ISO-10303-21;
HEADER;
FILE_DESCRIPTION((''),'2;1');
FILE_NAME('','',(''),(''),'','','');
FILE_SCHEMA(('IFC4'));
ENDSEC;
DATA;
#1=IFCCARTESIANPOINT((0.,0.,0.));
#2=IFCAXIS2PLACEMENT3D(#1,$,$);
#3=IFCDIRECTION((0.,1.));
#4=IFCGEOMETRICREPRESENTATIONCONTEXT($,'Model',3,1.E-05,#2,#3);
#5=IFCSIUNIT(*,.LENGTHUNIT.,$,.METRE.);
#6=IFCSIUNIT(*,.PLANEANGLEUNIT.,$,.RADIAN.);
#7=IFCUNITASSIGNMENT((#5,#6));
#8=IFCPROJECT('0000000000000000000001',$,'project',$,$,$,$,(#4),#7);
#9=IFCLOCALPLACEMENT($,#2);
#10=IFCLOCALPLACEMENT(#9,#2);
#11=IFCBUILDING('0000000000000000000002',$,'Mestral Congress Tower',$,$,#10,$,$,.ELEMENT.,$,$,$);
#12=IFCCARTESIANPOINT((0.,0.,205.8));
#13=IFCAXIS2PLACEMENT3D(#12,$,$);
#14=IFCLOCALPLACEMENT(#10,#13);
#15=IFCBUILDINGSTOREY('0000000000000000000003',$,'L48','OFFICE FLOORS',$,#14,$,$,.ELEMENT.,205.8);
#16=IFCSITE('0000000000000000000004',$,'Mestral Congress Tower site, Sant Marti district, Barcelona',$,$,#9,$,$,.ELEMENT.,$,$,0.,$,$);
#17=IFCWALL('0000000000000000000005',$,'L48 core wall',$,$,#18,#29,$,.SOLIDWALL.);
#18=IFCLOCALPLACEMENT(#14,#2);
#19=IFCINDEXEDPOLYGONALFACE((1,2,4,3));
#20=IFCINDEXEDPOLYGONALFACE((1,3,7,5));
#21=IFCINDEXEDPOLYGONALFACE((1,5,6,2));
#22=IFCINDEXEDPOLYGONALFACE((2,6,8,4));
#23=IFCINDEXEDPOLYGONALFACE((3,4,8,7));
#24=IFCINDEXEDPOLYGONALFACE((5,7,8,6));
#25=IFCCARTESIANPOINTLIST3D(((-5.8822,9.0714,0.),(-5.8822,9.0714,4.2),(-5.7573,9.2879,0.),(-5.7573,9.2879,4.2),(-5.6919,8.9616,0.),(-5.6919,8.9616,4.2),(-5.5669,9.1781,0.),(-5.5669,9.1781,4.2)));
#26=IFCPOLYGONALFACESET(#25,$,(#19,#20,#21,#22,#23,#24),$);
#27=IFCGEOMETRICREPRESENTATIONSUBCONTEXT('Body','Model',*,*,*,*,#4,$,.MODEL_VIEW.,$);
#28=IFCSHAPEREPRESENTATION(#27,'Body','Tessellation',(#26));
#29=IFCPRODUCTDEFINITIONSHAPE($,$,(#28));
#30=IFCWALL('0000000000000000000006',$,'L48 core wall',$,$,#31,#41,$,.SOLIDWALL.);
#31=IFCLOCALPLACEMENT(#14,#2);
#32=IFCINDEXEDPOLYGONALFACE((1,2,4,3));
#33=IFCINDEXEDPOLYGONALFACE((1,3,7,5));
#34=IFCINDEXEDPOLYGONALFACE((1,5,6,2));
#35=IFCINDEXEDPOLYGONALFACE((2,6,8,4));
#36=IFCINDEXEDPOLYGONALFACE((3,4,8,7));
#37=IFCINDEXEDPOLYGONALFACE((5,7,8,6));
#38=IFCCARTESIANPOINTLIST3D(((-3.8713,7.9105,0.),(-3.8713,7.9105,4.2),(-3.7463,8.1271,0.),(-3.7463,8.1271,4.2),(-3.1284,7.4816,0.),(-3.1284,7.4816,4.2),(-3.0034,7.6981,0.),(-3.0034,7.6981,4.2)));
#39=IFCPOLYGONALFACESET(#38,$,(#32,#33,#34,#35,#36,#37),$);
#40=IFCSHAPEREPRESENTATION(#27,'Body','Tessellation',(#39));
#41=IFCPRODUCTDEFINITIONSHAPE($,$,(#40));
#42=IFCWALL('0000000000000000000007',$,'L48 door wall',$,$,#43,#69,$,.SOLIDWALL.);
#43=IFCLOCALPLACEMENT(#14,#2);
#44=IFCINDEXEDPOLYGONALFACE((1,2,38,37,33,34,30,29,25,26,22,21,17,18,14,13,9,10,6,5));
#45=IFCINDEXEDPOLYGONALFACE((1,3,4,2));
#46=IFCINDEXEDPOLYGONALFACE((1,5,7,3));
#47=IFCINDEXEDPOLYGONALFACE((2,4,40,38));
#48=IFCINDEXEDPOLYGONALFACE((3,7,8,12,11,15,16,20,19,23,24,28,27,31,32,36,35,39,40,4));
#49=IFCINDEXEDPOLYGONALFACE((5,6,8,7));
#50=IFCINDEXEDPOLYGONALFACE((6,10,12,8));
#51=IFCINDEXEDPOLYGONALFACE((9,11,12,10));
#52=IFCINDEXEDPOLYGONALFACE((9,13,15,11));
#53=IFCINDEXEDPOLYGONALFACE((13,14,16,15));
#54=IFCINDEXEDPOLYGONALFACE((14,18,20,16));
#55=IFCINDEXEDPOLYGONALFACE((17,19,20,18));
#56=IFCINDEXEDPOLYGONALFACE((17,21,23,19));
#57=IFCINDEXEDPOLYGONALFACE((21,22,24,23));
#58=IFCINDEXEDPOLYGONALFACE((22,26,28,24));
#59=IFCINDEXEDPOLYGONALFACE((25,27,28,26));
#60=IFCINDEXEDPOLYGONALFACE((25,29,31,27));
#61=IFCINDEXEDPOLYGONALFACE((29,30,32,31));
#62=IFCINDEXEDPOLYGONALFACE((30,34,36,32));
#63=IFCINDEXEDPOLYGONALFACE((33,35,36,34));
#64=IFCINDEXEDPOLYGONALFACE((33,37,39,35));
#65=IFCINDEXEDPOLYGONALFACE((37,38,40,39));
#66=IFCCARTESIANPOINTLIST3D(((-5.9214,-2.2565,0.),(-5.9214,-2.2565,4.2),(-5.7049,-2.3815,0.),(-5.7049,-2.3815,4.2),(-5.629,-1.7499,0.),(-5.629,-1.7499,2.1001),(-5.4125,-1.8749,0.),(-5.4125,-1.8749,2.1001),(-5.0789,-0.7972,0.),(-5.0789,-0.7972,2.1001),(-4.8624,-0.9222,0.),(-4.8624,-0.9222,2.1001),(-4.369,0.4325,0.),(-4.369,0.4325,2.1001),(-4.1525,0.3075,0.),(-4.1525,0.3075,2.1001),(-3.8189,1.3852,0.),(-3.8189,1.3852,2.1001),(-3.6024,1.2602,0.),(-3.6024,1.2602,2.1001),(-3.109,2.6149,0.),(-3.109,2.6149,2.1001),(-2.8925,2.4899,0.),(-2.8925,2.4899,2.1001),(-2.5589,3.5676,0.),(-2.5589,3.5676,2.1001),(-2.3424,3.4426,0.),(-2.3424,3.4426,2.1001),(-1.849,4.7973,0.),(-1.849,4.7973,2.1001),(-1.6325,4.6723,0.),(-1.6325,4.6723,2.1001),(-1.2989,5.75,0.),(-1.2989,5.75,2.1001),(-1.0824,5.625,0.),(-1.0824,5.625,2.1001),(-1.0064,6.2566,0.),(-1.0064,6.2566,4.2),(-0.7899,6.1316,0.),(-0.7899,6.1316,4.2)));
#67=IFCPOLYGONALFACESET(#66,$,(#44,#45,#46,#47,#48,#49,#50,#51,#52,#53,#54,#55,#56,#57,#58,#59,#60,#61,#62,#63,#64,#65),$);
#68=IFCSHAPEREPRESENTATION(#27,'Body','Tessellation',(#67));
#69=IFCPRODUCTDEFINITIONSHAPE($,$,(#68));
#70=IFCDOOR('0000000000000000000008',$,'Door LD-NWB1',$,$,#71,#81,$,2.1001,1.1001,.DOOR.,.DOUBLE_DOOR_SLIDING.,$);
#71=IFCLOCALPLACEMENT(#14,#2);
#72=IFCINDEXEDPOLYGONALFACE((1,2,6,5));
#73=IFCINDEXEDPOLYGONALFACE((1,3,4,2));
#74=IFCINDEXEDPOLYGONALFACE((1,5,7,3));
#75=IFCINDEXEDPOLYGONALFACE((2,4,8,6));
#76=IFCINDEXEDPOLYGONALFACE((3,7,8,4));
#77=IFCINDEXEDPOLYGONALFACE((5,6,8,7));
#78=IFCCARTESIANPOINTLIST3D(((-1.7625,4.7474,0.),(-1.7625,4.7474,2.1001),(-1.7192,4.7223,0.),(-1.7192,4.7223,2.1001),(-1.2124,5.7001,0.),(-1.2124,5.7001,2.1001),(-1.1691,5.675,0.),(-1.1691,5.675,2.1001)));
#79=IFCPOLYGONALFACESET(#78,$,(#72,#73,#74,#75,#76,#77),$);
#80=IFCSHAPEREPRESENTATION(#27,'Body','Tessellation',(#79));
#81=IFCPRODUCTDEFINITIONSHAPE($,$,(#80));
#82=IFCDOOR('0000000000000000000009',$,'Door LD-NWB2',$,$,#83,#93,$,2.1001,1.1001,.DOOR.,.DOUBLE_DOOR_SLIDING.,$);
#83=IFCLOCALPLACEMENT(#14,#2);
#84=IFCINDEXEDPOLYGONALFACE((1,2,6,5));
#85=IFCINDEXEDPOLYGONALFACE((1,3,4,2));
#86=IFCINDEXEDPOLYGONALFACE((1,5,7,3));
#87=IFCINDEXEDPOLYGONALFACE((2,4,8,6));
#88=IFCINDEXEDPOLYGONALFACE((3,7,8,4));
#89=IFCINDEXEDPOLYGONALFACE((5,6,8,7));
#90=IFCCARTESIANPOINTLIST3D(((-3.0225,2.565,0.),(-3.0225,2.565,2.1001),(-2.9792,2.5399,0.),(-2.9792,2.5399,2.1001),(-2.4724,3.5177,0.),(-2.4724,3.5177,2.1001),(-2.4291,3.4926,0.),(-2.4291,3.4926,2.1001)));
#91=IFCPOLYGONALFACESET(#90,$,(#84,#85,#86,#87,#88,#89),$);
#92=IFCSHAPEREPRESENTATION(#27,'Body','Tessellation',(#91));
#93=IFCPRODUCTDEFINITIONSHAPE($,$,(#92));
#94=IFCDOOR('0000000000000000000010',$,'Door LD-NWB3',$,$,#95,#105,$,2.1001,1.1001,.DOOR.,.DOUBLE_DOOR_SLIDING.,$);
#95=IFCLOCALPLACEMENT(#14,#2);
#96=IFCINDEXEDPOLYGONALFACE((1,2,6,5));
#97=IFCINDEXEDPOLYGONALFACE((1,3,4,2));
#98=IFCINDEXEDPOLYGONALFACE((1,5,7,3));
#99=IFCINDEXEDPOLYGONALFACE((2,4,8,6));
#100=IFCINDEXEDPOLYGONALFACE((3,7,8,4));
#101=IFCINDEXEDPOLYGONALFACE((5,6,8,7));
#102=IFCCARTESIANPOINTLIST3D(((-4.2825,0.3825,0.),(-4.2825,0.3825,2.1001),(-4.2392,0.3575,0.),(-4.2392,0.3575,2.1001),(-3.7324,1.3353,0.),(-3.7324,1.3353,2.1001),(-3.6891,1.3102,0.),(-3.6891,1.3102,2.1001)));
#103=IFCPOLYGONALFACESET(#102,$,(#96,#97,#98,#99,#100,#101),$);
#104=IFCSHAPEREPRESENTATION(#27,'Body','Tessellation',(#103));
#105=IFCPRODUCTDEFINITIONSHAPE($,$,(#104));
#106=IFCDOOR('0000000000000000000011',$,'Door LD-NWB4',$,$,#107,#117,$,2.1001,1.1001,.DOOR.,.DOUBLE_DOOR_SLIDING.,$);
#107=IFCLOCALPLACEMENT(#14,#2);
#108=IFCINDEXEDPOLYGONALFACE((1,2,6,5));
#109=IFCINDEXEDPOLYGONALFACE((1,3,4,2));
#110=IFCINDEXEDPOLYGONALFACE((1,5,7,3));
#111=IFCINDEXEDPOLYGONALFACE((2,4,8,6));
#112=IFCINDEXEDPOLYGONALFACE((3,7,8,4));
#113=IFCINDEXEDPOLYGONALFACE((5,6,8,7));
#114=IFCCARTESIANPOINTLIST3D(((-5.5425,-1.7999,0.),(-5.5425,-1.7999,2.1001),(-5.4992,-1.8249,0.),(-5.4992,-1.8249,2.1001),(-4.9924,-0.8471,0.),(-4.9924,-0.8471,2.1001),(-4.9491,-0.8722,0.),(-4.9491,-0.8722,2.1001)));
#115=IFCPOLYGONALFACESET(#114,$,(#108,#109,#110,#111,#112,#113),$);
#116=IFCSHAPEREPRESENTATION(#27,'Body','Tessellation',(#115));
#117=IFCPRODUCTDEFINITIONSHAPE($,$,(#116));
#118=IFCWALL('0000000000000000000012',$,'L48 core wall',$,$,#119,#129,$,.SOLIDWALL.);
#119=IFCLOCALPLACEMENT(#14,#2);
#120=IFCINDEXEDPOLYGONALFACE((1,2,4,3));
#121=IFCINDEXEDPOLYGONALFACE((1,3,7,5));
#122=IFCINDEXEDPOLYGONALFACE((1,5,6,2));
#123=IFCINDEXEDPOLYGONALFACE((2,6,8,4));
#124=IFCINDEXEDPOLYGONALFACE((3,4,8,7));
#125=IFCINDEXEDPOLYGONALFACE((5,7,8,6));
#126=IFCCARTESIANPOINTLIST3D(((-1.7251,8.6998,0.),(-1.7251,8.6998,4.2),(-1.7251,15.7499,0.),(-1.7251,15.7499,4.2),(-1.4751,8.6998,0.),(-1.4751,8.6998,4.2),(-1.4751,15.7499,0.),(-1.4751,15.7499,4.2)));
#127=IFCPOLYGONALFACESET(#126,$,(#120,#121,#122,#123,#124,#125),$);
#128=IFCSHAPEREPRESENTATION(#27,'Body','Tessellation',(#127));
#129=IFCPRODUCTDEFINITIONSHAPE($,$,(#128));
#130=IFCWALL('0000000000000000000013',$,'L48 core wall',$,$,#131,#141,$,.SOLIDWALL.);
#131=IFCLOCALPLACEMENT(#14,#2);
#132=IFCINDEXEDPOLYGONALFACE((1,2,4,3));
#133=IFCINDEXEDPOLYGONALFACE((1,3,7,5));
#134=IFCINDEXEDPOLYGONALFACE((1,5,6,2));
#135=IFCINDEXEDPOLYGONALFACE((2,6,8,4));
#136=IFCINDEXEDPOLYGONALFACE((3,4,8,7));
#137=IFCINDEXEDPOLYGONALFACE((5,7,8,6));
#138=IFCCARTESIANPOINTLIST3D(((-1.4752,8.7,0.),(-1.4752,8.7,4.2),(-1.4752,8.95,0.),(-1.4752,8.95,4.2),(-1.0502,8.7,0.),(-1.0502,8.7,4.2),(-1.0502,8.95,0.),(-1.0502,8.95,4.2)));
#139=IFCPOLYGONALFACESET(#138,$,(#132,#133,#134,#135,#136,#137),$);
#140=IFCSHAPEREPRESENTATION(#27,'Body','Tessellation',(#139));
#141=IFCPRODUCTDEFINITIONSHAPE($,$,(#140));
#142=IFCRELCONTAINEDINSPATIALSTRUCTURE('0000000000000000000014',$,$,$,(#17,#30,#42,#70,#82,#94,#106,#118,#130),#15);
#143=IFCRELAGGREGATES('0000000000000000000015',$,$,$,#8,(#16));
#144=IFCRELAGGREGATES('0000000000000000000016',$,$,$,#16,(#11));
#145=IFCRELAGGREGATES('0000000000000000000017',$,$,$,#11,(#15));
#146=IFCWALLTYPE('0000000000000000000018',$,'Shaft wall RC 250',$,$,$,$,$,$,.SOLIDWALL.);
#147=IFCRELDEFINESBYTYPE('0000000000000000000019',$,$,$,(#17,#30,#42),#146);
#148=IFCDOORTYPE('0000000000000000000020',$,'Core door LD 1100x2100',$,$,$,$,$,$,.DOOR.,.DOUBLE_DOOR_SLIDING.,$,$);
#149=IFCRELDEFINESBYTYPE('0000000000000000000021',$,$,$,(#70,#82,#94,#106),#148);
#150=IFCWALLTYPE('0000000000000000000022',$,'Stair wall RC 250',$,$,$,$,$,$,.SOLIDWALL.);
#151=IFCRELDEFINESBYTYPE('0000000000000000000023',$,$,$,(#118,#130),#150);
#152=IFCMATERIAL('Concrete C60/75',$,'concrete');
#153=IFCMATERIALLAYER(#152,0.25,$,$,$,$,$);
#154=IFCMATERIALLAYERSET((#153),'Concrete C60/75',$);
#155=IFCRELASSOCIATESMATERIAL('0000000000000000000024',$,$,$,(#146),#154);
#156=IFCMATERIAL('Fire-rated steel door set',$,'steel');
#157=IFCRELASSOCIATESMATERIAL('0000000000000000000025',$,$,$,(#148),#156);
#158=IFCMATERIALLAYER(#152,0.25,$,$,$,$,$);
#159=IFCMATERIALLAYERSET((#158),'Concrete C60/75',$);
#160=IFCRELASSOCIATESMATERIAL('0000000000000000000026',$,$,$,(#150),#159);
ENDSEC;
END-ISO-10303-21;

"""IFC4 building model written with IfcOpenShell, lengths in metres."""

from ifc_helpers import new_model, si_unit, direction, frame, frame_2d, origin, place, context, subcontext, project, spatial, rectangle, extrude, material, layer, layer_set, type_object, element, fill, save


model = new_model("IFC4")

# Units and contexts
model_context = context("Model", 3, precision=1e-05, world=origin(), true_north=direction((0.0, 1.0)))
body_context = subcontext(model_context, "Body", "Model", "MODEL_VIEW")
ifc_project = project(units=[si_unit("LENGTHUNIT", "METRE"), si_unit("PLANEANGLEUNIT", "RADIAN")], contexts=[model_context])

# Site, building, storey
site_placement = place(None, origin())
site = spatial("IfcSite", under=ifc_project, at=site_placement, Name="Mestral Congress Tower site, Sant Marti district, Barcelona", CompositionType="ELEMENT", RefElevation=0.0)
building_placement = place(site_placement, origin())
building = spatial("IfcBuilding", under=site, at=building_placement, Name="Mestral Congress Tower", CompositionType="ELEMENT")
storey_placement = place(building_placement, frame((0.0, 0.0, 205.8)))
storey = spatial("IfcBuildingStorey", under=building, at=storey_placement, Name="L48", Description="OFFICE FLOORS", CompositionType="ELEMENT", Elevation=205.8)

# Shared definitions
ifc_material_1 = material(Name="Concrete C60/75", Category="concrete")

# Shared definitions
ifc_material_2 = material(Name="Fire-rated steel door set", Category="steel")

# Walls
ifc_layer_1 = layer(ifc_material_1, 0.25)
ifc_layer_set_1 = layer_set([ifc_layer_1], Name="Concrete C60/75")
wall_type_1 = type_object("IfcWallType", Name="Shaft wall RC 250", PredefinedType="SOLIDWALL", material=ifc_layer_set_1)
wall_1_placement = place(storey_placement, frame((-5.6294, 9.0698, 0.0), z_axis=(0.0, 0.0, 1.0), x_axis=(-0.866186, 0.499722, 0.0)))
element("IfcWall", 1, at=wall_1_placement, inside=storey, type_object=wall_type_1, Name="L48 core wall", PredefinedType="SOLIDWALL", context=body_context, shape_type="SweptSolid", body=[
    extrude(rectangle(XDim=0.2197, YDim=0.25, at=frame_2d((0.1099, 0.0))), origin(), (0.0, 0.0, 1.0), 4.2),
])
wall_2_placement = place(storey_placement, frame((-3.8088, 8.0188, 0.0), z_axis=(0.0, 0.0, 1.0), x_axis=(0.86601, -0.500026, 0.0)))
element("IfcWall", 2, at=wall_2_placement, inside=storey, type_object=wall_type_1, Name="L48 core wall", PredefinedType="SOLIDWALL", context=body_context, shape_type="SweptSolid", body=[
    extrude(rectangle(XDim=0.8579, YDim=0.25, at=frame_2d((0.429, 0.0))), origin(), (0.0, 0.0, 1.0), 4.2),
])

# Wall, openings, doors
wall_3_placement = place(storey_placement, frame((-0.8982, 6.1941, 0.0), z_axis=(0.0, 0.0, 1.0), x_axis=(-0.499996, -0.866028, 0.0)))
wall_3 = element("IfcWall", 3, at=wall_3_placement, inside=storey, type_object=wall_type_1, Name="L48 door wall", PredefinedType="SOLIDWALL", context=body_context, shape_type="SweptSolid", body=[
    extrude(rectangle(XDim=9.8301, YDim=0.25, at=frame_2d((4.915, 0.0))), origin(), (0.0, 0.0, 1.0), 4.2),
])
opening_1_placement = place(wall_3_placement, frame((0.585, 0.0, 0.0)))
opening_1 = element("IfcOpeningElement", 4, at=opening_1_placement, cuts=wall_3, PredefinedType="OPENING", context=body_context, shape_type="SweptSolid", body=[
    extrude(rectangle(XDim=1.1001, YDim=2.1001, at=frame_2d((0.55, 1.05))), frame((0.0, 0.135, 0.0), z_axis=(0.0, -1.0, 0.0), x_axis=(1.0, 0.0, 0.0)), (0.0, 0.0, 1.0), 0.27),
])
opening_2_placement = place(wall_3_placement, frame((3.105, 0.0, 0.0)))
opening_2 = element("IfcOpeningElement", 5, at=opening_2_placement, cuts=wall_3, PredefinedType="OPENING", context=body_context, shape_type="SweptSolid", body=[
    extrude(rectangle(XDim=1.1001, YDim=2.1001, at=frame_2d((0.55, 1.05))), frame((0.0, 0.135, 0.0), z_axis=(0.0, -1.0, 0.0), x_axis=(1.0, 0.0, 0.0)), (0.0, 0.0, 1.0), 0.27),
])
opening_3_placement = place(wall_3_placement, frame((5.625, 0.0, 0.0)))
opening_3 = element("IfcOpeningElement", 6, at=opening_3_placement, cuts=wall_3, PredefinedType="OPENING", context=body_context, shape_type="SweptSolid", body=[
    extrude(rectangle(XDim=1.1001, YDim=2.1001, at=frame_2d((0.55, 1.05))), frame((0.0, 0.135, 0.0), z_axis=(0.0, -1.0, 0.0), x_axis=(1.0, 0.0, 0.0)), (0.0, 0.0, 1.0), 0.27),
])
opening_4_placement = place(wall_3_placement, frame((8.145, 0.0, 0.0)))
opening_4 = element("IfcOpeningElement", 7, at=opening_4_placement, cuts=wall_3, PredefinedType="OPENING", context=body_context, shape_type="SweptSolid", body=[
    extrude(rectangle(XDim=1.1001, YDim=2.1001, at=frame_2d((0.55, 1.05))), frame((0.0, 0.135, 0.0), z_axis=(0.0, -1.0, 0.0), x_axis=(1.0, 0.0, 0.0)), (0.0, 0.0, 1.0), 0.27),
])
door_type_1 = type_object("IfcDoorType", Name="Core door LD 1100x2100", OperationType="DOUBLE_DOOR_SLIDING", PredefinedType="DOOR", material=ifc_material_2)
door_1_placement = place(opening_1_placement, origin())
door_1 = element("IfcDoor", 8, at=door_1_placement, inside=storey, type_object=door_type_1, Name="Door LD-NWB1", OperationType="DOUBLE_DOOR_SLIDING", OverallHeight=2.1001, OverallWidth=1.1001, PredefinedType="DOOR", context=body_context, shape_type="SweptSolid", body=[
    extrude(rectangle(XDim=1.1001, YDim=2.1001, at=frame_2d((0.55, 1.05))), frame((0.0, 0.0249, 0.0), z_axis=(0.0, -1.0, 0.0), x_axis=(1.0, 0.0, 0.0)), (0.0, 0.0, 1.0), 0.05),
])
fill(opening_1, door_1)
door_2_placement = place(opening_2_placement, origin())
door_2 = element("IfcDoor", 9, at=door_2_placement, inside=storey, type_object=door_type_1, Name="Door LD-NWB2", OperationType="DOUBLE_DOOR_SLIDING", OverallHeight=2.1001, OverallWidth=1.1001, PredefinedType="DOOR", context=body_context, shape_type="SweptSolid", body=[
    extrude(rectangle(XDim=1.1001, YDim=2.1001, at=frame_2d((0.55, 1.05))), frame((0.0, 0.0249, 0.0), z_axis=(0.0, -1.0, 0.0), x_axis=(1.0, 0.0, 0.0)), (0.0, 0.0, 1.0), 0.05),
])
fill(opening_2, door_2)
door_3_placement = place(opening_3_placement, origin())
door_3 = element("IfcDoor", 10, at=door_3_placement, inside=storey, type_object=door_type_1, Name="Door LD-NWB3", OperationType="DOUBLE_DOOR_SLIDING", OverallHeight=2.1001, OverallWidth=1.1001, PredefinedType="DOOR", context=body_context, shape_type="SweptSolid", body=[
    extrude(rectangle(XDim=1.1001, YDim=2.1001, at=frame_2d((0.55, 1.05))), frame((0.0, 0.0249, 0.0), z_axis=(0.0, -1.0, 0.0), x_axis=(1.0, 0.0, 0.0)), (0.0, 0.0, 1.0), 0.05),
])
fill(opening_3, door_3)
door_4_placement = place(opening_4_placement, origin())
door_4 = element("IfcDoor", 11, at=door_4_placement, inside=storey, type_object=door_type_1, Name="Door LD-NWB4", OperationType="DOUBLE_DOOR_SLIDING", OverallHeight=2.1001, OverallWidth=1.1001, PredefinedType="DOOR", context=body_context, shape_type="SweptSolid", body=[
    extrude(rectangle(XDim=1.1001, YDim=2.1001, at=frame_2d((0.55, 1.05))), frame((0.0, 0.0249, 0.0), z_axis=(0.0, -1.0, 0.0), x_axis=(1.0, 0.0, 0.0)), (0.0, 0.0, 1.0), 0.05),
])
fill(opening_4, door_4)

# Walls
ifc_layer_2 = layer(ifc_material_1, 0.25)
ifc_layer_set_2 = layer_set([ifc_layer_2], Name="Concrete C60/75")
wall_type_2 = type_object("IfcWallType", Name="Stair wall RC 250", PredefinedType="SOLIDWALL", material=ifc_layer_set_2)
wall_4_placement = place(storey_placement, frame((-1.6001, 8.7, 0.0), z_axis=(0.0, 0.0, 1.0), x_axis=(0.0, 1.0, 0.0)))
element("IfcWall", 12, at=wall_4_placement, inside=storey, type_object=wall_type_2, Name="L48 core wall", PredefinedType="SOLIDWALL", context=body_context, shape_type="SweptSolid", body=[
    extrude(rectangle(XDim=7.05, YDim=0.25, at=frame_2d((3.5249, 0.0))), origin(), (0.0, 0.0, 1.0), 4.2),
])
wall_5_placement = place(storey_placement, frame((-1.4751, 8.825, 0.0), z_axis=(0.0, 0.0, 1.0), x_axis=(1.0, 0.0, 0.0)))
element("IfcWall", 13, at=wall_5_placement, inside=storey, type_object=wall_type_2, Name="L48 core wall", PredefinedType="SOLIDWALL", context=body_context, shape_type="SweptSolid", body=[
    extrude(rectangle(XDim=0.425, YDim=0.25, at=frame_2d((0.2124, 0.0))), origin(), (0.0, 0.0, 1.0), 4.2),
])

save(model, "model.ifc")
